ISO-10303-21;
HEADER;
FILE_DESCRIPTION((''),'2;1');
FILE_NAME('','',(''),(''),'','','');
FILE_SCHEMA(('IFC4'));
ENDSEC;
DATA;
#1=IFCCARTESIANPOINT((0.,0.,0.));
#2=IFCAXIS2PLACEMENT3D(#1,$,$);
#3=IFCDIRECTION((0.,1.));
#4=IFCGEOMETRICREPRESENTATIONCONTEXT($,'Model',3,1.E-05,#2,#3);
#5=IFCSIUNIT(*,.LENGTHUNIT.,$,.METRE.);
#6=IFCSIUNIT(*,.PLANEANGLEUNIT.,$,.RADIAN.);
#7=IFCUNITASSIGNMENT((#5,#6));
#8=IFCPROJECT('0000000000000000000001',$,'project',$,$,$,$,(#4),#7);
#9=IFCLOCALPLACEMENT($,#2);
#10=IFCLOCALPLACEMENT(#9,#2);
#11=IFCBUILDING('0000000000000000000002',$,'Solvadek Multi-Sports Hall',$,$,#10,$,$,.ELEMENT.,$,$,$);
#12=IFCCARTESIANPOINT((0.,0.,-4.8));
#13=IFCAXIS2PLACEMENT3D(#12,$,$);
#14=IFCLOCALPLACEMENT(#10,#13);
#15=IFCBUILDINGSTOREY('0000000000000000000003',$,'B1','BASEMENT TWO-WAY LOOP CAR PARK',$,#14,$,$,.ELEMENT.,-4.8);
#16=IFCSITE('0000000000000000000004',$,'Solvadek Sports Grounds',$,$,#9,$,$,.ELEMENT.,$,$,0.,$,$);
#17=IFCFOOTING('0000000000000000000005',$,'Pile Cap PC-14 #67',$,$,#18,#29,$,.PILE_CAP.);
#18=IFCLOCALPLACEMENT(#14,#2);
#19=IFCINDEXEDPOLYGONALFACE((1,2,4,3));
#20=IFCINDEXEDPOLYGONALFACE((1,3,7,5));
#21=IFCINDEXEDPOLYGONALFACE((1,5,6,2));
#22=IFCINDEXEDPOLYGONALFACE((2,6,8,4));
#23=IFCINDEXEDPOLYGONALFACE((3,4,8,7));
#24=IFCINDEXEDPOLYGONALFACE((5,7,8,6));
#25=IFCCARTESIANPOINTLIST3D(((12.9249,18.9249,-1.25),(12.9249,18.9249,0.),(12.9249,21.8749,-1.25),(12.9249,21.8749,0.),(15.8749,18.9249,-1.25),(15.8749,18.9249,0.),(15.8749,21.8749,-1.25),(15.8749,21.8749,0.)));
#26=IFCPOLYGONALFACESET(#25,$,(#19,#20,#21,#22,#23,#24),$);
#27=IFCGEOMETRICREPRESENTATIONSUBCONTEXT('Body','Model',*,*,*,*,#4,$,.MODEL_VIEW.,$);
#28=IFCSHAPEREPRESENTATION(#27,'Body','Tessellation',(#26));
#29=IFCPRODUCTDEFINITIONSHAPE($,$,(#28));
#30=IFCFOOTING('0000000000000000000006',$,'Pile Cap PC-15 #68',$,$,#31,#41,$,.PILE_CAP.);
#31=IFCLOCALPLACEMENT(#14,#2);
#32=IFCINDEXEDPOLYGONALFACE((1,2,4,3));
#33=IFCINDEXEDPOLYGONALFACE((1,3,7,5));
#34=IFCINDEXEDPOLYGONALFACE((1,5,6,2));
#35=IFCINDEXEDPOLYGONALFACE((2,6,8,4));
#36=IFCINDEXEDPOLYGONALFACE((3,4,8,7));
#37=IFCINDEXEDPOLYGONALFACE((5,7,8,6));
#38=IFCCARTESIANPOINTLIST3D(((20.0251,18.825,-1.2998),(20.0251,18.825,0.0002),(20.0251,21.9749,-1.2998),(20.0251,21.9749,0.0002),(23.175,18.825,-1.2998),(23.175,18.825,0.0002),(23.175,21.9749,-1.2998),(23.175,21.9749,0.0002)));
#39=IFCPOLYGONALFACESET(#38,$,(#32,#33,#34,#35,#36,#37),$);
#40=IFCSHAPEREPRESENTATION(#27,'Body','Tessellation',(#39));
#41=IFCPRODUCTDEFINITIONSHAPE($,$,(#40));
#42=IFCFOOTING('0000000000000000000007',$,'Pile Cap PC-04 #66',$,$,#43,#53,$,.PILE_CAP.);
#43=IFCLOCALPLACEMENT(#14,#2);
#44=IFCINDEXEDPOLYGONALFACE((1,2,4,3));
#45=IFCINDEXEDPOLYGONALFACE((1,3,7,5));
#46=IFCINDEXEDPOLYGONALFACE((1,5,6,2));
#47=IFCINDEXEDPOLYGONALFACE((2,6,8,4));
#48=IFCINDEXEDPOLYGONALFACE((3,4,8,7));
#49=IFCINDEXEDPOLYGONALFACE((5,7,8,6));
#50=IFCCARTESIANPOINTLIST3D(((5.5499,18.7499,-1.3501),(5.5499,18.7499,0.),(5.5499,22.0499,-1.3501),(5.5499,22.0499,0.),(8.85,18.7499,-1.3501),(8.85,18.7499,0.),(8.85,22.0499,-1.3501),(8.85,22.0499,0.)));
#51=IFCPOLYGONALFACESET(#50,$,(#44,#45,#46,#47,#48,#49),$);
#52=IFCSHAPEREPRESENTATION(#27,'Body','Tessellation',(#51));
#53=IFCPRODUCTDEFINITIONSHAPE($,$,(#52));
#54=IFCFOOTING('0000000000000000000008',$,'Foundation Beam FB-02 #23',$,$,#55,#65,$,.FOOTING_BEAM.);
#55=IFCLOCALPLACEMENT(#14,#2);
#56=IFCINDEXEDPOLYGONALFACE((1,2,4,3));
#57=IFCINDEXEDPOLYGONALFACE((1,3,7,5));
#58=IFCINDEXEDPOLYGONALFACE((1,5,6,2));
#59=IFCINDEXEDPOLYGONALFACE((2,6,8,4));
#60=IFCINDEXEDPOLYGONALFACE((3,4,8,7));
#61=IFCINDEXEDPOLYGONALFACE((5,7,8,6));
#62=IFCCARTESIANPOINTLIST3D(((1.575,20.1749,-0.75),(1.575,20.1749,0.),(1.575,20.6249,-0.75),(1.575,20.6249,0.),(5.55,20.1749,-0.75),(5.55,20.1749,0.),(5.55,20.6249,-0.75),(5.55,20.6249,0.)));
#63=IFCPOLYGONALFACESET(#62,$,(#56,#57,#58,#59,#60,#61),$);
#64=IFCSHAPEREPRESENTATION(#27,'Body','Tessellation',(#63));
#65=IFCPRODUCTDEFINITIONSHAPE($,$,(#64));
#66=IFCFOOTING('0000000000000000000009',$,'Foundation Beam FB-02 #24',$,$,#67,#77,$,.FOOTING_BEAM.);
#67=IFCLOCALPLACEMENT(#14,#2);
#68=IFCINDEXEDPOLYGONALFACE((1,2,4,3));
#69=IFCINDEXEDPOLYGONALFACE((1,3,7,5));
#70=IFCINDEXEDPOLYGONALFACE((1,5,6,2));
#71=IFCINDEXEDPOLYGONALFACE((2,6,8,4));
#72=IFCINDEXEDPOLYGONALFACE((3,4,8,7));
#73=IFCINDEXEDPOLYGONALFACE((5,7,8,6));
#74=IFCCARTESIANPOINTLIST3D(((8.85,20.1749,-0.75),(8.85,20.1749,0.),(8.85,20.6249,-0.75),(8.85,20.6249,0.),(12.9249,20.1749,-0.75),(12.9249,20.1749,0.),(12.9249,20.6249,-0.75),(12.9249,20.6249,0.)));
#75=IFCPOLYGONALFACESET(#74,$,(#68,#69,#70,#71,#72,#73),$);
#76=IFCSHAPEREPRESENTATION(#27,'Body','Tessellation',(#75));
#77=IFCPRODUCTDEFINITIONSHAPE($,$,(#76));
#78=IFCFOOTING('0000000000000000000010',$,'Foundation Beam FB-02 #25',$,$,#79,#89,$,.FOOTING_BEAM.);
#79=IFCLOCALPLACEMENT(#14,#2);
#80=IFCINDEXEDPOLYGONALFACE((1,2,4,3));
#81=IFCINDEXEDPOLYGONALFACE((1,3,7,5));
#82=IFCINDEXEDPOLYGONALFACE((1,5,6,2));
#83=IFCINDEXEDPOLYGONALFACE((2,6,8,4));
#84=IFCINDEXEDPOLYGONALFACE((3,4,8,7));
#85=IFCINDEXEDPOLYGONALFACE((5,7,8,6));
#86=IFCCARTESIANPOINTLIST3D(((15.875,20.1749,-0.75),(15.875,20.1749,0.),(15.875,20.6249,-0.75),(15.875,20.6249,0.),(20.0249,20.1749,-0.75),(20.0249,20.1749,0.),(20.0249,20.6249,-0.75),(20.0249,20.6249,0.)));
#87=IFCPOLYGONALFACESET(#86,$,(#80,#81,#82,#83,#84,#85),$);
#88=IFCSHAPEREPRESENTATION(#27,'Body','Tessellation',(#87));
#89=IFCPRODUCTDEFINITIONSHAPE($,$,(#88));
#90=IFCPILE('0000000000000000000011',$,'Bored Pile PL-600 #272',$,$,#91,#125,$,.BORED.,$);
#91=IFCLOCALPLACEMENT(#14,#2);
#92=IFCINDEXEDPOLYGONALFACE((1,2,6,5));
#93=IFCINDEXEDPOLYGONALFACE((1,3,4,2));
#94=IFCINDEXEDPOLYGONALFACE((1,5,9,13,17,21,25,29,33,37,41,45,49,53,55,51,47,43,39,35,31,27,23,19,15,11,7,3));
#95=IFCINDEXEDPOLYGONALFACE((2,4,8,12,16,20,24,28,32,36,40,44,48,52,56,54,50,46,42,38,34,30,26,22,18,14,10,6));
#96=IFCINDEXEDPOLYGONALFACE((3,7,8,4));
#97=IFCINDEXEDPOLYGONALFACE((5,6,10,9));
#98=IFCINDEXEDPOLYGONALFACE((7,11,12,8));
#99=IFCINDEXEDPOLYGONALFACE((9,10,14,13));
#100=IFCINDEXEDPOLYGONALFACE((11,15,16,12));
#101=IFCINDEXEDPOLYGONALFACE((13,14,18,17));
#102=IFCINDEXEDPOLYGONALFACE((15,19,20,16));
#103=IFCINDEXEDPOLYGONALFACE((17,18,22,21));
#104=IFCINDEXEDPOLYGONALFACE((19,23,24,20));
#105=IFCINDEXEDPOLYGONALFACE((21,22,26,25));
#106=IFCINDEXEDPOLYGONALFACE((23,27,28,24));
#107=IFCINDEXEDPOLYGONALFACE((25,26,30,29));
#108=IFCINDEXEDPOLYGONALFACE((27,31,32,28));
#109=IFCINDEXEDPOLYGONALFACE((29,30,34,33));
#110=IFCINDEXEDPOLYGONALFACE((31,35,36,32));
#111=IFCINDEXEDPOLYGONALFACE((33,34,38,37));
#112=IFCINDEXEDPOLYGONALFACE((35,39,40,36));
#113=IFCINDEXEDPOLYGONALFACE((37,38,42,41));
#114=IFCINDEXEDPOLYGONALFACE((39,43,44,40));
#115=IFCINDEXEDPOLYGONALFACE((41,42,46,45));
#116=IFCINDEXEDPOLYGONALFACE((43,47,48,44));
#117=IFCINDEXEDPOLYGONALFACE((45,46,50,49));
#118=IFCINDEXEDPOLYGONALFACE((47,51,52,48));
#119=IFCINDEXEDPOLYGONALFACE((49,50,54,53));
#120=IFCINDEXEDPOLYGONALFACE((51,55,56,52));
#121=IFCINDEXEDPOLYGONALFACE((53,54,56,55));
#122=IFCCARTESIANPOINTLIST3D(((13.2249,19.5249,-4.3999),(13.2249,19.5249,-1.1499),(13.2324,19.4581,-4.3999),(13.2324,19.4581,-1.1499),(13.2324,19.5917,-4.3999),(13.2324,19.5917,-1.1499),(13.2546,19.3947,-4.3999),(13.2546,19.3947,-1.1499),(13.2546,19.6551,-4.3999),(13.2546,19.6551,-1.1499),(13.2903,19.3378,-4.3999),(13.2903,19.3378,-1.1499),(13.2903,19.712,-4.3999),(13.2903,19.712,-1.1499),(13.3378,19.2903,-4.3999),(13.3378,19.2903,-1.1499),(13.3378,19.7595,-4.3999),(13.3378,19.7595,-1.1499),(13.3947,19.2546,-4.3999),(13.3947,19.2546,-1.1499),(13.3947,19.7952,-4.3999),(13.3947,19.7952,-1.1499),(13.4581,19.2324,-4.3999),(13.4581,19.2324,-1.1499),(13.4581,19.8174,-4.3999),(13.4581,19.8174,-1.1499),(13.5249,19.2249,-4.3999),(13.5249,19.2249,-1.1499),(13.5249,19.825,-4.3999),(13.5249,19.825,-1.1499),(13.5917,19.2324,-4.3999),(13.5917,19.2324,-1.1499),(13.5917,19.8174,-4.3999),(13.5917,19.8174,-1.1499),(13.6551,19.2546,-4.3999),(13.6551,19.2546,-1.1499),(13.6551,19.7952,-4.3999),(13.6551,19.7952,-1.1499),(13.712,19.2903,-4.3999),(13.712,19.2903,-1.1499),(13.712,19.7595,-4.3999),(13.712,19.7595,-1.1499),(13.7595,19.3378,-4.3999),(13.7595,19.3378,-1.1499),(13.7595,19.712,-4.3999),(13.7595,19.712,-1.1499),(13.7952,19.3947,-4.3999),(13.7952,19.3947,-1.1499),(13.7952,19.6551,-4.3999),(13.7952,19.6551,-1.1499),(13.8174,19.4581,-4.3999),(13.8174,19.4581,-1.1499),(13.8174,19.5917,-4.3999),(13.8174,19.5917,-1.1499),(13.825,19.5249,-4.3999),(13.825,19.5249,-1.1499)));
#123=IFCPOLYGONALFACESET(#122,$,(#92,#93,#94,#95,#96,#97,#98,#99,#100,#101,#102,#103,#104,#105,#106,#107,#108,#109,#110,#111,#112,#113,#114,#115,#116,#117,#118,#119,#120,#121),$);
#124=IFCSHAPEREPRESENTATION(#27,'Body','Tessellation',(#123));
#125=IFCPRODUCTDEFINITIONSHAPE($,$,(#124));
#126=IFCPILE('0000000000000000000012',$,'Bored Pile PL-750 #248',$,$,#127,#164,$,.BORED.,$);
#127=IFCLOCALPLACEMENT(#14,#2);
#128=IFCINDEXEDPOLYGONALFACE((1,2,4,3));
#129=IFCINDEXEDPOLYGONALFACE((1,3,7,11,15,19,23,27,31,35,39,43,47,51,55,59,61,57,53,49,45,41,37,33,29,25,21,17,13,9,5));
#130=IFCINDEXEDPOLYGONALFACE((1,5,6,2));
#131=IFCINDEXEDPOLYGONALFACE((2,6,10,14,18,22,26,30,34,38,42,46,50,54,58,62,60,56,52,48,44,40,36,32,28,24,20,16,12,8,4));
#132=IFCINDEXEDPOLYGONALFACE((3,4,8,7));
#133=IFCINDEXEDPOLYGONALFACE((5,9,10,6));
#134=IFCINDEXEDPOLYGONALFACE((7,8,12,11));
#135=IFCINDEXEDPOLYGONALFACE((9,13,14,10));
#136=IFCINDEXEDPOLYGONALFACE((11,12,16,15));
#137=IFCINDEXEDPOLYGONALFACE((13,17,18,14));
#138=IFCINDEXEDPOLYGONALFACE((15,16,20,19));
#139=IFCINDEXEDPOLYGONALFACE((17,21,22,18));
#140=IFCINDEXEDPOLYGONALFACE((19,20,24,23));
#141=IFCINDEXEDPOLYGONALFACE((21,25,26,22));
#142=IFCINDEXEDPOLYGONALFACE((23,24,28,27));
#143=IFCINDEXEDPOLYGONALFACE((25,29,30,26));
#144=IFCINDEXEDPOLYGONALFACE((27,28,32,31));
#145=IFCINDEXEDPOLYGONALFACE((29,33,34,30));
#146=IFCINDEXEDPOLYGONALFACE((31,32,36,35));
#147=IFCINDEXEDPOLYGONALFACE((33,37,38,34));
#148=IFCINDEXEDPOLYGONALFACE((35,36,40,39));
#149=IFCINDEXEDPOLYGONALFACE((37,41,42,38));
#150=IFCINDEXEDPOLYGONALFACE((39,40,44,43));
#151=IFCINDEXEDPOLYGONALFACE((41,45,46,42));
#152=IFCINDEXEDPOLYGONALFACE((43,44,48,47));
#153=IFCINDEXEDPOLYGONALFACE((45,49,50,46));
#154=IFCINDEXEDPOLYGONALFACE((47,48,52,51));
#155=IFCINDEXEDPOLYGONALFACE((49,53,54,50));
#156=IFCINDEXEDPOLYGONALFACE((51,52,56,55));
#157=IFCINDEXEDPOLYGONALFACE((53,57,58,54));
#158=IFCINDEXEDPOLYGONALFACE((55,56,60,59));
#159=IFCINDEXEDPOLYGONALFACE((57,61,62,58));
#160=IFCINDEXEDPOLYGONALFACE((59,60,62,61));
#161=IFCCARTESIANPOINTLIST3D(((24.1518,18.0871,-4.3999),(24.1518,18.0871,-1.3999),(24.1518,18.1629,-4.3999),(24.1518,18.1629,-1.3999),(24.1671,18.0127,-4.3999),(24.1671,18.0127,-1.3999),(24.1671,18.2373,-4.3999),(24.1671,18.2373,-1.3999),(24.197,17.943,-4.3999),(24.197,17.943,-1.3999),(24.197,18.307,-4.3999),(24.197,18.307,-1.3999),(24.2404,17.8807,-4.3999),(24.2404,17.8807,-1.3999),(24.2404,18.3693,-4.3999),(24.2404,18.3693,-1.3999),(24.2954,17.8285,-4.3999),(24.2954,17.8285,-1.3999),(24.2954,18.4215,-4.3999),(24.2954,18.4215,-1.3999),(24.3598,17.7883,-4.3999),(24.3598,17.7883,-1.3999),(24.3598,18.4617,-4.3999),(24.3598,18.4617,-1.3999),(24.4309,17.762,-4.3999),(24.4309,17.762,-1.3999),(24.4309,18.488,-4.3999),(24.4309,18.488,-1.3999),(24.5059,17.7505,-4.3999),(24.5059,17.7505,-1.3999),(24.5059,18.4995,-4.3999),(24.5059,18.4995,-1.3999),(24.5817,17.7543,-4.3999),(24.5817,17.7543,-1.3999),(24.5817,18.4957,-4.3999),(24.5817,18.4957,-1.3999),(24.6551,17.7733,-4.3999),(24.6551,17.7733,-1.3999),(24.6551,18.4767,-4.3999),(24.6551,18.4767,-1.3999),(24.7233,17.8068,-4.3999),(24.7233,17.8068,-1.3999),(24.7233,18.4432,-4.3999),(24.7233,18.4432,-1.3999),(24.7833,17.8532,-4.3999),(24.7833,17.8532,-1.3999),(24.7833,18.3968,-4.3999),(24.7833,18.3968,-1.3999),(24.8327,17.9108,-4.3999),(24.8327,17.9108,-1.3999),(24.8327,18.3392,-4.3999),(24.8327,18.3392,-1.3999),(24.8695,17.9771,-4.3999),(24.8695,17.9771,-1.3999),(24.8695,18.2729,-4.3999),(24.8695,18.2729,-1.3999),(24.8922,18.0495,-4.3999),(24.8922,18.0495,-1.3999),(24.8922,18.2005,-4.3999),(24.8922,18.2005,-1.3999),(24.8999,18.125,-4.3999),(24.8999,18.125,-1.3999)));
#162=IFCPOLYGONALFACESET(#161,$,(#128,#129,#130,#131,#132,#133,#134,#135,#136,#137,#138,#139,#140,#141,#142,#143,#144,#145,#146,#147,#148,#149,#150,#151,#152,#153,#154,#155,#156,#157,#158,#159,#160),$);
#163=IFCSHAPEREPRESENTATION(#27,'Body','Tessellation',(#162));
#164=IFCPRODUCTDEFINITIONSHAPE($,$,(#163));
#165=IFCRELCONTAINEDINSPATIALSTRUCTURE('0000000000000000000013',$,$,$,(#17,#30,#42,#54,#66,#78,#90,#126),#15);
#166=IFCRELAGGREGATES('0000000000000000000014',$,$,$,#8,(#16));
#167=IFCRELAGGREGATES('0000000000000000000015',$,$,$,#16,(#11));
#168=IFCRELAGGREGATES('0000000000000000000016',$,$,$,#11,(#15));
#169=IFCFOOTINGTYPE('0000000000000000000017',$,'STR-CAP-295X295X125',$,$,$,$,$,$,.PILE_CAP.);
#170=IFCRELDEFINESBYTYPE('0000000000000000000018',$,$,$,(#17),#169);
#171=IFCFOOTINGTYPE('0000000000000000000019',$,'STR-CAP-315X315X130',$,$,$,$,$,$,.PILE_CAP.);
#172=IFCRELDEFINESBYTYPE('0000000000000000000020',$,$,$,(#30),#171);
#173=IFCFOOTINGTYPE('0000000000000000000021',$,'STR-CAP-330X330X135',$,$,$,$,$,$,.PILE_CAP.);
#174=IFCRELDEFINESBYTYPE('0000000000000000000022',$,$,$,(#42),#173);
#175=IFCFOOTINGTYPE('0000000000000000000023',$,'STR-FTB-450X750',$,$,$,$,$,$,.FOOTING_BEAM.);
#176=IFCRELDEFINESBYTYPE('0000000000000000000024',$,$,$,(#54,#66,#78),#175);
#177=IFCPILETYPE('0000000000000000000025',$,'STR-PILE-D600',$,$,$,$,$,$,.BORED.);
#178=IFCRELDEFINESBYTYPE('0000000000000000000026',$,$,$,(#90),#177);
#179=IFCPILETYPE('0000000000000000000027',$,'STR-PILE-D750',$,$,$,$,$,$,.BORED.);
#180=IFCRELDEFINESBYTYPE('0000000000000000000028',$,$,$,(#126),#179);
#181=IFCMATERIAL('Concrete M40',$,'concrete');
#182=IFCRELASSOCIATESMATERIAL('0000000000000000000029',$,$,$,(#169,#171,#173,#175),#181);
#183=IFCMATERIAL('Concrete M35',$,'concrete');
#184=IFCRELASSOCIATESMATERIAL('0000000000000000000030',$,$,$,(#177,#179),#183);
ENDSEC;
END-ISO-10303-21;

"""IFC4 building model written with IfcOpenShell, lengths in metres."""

from ifc_helpers import new_model, si_unit, direction, frame, origin, origin_2d, place, context, subcontext, project, spatial, rectangle, circle, extrude, material, material_profile, profile_set, type_object, element, save


model = new_model("IFC4")

# Units and contexts
model_context = context("Model", 3, precision=1e-05, world=origin(), true_north=direction((0.0, 1.0)))
body_context = subcontext(model_context, "Body", "Model", "MODEL_VIEW")
ifc_project = project(units=[si_unit("LENGTHUNIT", "METRE"), si_unit("PLANEANGLEUNIT", "RADIAN")], contexts=[model_context])

# Site, building, storey
site_placement = place(None, origin())
site = spatial("IfcSite", under=ifc_project, at=site_placement, Name="Solvadek Sports Grounds", CompositionType="ELEMENT", RefElevation=0.0)
building_placement = place(site_placement, origin())
building = spatial("IfcBuilding", under=site, at=building_placement, Name="Solvadek Multi-Sports Hall", CompositionType="ELEMENT")
storey_placement = place(building_placement, frame((0.0, 0.0, -4.8)))
storey = spatial("IfcBuildingStorey", under=building, at=storey_placement, Name="B1", Description="BASEMENT TWO-WAY LOOP CAR PARK", CompositionType="ELEMENT", Elevation=-4.8)

# Footings
ifc_material_1 = material(Name="Concrete M40", Category="concrete")
footing_type_1 = type_object("IfcFootingType", Name="STR-CAP-295X295X125", PredefinedType="PILE_CAP", material=ifc_material_1)
footing_1_placement = place(storey_placement, frame((14.3999, 20.3999, -1.25), z_axis=(0.0, 0.0, 1.0), x_axis=(1.0, 0.0, 0.0)))
element("IfcFooting", 1, at=footing_1_placement, inside=storey, type_object=footing_type_1, Name="Pile Cap PC-14 #67", PredefinedType="PILE_CAP", context=body_context, shape_type="SweptSolid", body=[
    extrude(rectangle(XDim=2.95, YDim=2.95, at=origin_2d()), origin(), (0.0, 0.0, 1.0), 1.25),
])
footing_type_2 = type_object("IfcFootingType", Name="STR-CAP-315X315X130", PredefinedType="PILE_CAP", material=ifc_material_1)
footing_2_placement = place(storey_placement, frame((21.6001, 20.3999, -1.2998), z_axis=(0.0, 0.0, 1.0), x_axis=(1.0, 0.0, 0.0)))
element("IfcFooting", 2, at=footing_2_placement, inside=storey, type_object=footing_type_2, Name="Pile Cap PC-15 #68", PredefinedType="PILE_CAP", context=body_context, shape_type="SweptSolid", body=[
    extrude(rectangle(XDim=3.1499, YDim=3.1499, at=origin_2d()), origin(), (0.0, 0.0, 1.0), 1.3),
])
footing_type_3 = type_object("IfcFootingType", Name="STR-CAP-330X330X135", PredefinedType="PILE_CAP", material=ifc_material_1)
footing_3_placement = place(storey_placement, frame((7.2, 20.3999, -1.3501), z_axis=(0.0, 0.0, 1.0), x_axis=(1.0, 0.0, 0.0)))
element("IfcFooting", 3, at=footing_3_placement, inside=storey, type_object=footing_type_3, Name="Pile Cap PC-04 #66", PredefinedType="PILE_CAP", context=body_context, shape_type="SweptSolid", body=[
    extrude(rectangle(XDim=3.3, YDim=3.3, at=origin_2d()), origin(), (0.0, 0.0, 1.0), 1.3501),
])
footing_type_4 = type_object("IfcFootingType", Name="STR-FTB-450X750", PredefinedType="FOOTING_BEAM", material=ifc_material_1)
footing_4_placement = place(storey_placement, frame((3.5625, 20.3999, -0.75), z_axis=(0.0, 0.0, 1.0), x_axis=(1.0, 0.0, 0.0)))
element("IfcFooting", 4, at=footing_4_placement, inside=storey, type_object=footing_type_4, Name="Foundation Beam FB-02 #23", PredefinedType="FOOTING_BEAM", context=body_context, shape_type="SweptSolid", body=[
    extrude(rectangle(XDim=3.9751, YDim=0.45, at=origin_2d()), origin(), (0.0, 0.0, 1.0), 0.75),
])
footing_5_placement = place(storey_placement, frame((10.8875, 20.3999, -0.75), z_axis=(0.0, 0.0, 1.0), x_axis=(1.0, 0.0, 0.0)))
element("IfcFooting", 5, at=footing_5_placement, inside=storey, type_object=footing_type_4, Name="Foundation Beam FB-02 #24", PredefinedType="FOOTING_BEAM", context=body_context, shape_type="SweptSolid", body=[
    extrude(rectangle(XDim=4.075, YDim=0.45, at=origin_2d()), origin(), (0.0, 0.0, 1.0), 0.75),
])
footing_6_placement = place(storey_placement, frame((17.95, 20.3999, -0.75), z_axis=(0.0, 0.0, 1.0), x_axis=(1.0, 0.0, 0.0)))
element("IfcFooting", 6, at=footing_6_placement, inside=storey, type_object=footing_type_4, Name="Foundation Beam FB-02 #25", PredefinedType="FOOTING_BEAM", context=body_context, shape_type="SweptSolid", body=[
    extrude(rectangle(XDim=4.1499, YDim=0.45, at=origin_2d()), origin(), (0.0, 0.0, 1.0), 0.75),
])

# Piles
ifc_material_2 = material(Name="Concrete M35", Category="concrete")
ifc_material_profile_1 = material_profile(ifc_material_2, circle(Radius=0.3, at=origin_2d()), Name="BORED PILE D600")
ifc_profile_set_1 = profile_set([ifc_material_profile_1], Name="Concrete M35")
pile_type_1 = type_object("IfcPileType", Name="STR-PILE-D600", PredefinedType="BORED", material=ifc_profile_set_1)
pile_1_placement = place(storey_placement, frame((13.5249, 19.5249, -1.1499), z_axis=(0.0, 0.0, -1.0), x_axis=(1.0, 0.0, 0.0)))
element("IfcPile", 7, at=pile_1_placement, inside=storey, type_object=pile_type_1, Name="Bored Pile PL-600 #272", PredefinedType="BORED", context=body_context, shape_type="SweptSolid", body=[
    extrude(circle(Radius=0.3, at=origin_2d()), origin(), (0.0, 0.0, 1.0), 3.25),
])
ifc_material_profile_2 = material_profile(ifc_material_2, circle(Radius=0.375, at=origin_2d()), Name="BORED PILE D750")
ifc_profile_set_2 = profile_set([ifc_material_profile_2], Name="Concrete M35")
pile_type_2 = type_object("IfcPileType", Name="STR-PILE-D750", PredefinedType="BORED", material=ifc_profile_set_2)
pile_2_placement = place(storey_placement, frame((24.5249, 18.125, -1.3999), z_axis=(0.0, 0.0, -1.0), x_axis=(1.0, 0.0, 0.0)))
element("IfcPile", 8, at=pile_2_placement, inside=storey, type_object=pile_type_2, Name="Bored Pile PL-750 #248", PredefinedType="BORED", context=body_context, shape_type="SweptSolid", body=[
    extrude(circle(Radius=0.375, at=origin_2d()), origin(), (0.0, 0.0, 1.0), 3.0),
])

save(model, "model.ifc")
